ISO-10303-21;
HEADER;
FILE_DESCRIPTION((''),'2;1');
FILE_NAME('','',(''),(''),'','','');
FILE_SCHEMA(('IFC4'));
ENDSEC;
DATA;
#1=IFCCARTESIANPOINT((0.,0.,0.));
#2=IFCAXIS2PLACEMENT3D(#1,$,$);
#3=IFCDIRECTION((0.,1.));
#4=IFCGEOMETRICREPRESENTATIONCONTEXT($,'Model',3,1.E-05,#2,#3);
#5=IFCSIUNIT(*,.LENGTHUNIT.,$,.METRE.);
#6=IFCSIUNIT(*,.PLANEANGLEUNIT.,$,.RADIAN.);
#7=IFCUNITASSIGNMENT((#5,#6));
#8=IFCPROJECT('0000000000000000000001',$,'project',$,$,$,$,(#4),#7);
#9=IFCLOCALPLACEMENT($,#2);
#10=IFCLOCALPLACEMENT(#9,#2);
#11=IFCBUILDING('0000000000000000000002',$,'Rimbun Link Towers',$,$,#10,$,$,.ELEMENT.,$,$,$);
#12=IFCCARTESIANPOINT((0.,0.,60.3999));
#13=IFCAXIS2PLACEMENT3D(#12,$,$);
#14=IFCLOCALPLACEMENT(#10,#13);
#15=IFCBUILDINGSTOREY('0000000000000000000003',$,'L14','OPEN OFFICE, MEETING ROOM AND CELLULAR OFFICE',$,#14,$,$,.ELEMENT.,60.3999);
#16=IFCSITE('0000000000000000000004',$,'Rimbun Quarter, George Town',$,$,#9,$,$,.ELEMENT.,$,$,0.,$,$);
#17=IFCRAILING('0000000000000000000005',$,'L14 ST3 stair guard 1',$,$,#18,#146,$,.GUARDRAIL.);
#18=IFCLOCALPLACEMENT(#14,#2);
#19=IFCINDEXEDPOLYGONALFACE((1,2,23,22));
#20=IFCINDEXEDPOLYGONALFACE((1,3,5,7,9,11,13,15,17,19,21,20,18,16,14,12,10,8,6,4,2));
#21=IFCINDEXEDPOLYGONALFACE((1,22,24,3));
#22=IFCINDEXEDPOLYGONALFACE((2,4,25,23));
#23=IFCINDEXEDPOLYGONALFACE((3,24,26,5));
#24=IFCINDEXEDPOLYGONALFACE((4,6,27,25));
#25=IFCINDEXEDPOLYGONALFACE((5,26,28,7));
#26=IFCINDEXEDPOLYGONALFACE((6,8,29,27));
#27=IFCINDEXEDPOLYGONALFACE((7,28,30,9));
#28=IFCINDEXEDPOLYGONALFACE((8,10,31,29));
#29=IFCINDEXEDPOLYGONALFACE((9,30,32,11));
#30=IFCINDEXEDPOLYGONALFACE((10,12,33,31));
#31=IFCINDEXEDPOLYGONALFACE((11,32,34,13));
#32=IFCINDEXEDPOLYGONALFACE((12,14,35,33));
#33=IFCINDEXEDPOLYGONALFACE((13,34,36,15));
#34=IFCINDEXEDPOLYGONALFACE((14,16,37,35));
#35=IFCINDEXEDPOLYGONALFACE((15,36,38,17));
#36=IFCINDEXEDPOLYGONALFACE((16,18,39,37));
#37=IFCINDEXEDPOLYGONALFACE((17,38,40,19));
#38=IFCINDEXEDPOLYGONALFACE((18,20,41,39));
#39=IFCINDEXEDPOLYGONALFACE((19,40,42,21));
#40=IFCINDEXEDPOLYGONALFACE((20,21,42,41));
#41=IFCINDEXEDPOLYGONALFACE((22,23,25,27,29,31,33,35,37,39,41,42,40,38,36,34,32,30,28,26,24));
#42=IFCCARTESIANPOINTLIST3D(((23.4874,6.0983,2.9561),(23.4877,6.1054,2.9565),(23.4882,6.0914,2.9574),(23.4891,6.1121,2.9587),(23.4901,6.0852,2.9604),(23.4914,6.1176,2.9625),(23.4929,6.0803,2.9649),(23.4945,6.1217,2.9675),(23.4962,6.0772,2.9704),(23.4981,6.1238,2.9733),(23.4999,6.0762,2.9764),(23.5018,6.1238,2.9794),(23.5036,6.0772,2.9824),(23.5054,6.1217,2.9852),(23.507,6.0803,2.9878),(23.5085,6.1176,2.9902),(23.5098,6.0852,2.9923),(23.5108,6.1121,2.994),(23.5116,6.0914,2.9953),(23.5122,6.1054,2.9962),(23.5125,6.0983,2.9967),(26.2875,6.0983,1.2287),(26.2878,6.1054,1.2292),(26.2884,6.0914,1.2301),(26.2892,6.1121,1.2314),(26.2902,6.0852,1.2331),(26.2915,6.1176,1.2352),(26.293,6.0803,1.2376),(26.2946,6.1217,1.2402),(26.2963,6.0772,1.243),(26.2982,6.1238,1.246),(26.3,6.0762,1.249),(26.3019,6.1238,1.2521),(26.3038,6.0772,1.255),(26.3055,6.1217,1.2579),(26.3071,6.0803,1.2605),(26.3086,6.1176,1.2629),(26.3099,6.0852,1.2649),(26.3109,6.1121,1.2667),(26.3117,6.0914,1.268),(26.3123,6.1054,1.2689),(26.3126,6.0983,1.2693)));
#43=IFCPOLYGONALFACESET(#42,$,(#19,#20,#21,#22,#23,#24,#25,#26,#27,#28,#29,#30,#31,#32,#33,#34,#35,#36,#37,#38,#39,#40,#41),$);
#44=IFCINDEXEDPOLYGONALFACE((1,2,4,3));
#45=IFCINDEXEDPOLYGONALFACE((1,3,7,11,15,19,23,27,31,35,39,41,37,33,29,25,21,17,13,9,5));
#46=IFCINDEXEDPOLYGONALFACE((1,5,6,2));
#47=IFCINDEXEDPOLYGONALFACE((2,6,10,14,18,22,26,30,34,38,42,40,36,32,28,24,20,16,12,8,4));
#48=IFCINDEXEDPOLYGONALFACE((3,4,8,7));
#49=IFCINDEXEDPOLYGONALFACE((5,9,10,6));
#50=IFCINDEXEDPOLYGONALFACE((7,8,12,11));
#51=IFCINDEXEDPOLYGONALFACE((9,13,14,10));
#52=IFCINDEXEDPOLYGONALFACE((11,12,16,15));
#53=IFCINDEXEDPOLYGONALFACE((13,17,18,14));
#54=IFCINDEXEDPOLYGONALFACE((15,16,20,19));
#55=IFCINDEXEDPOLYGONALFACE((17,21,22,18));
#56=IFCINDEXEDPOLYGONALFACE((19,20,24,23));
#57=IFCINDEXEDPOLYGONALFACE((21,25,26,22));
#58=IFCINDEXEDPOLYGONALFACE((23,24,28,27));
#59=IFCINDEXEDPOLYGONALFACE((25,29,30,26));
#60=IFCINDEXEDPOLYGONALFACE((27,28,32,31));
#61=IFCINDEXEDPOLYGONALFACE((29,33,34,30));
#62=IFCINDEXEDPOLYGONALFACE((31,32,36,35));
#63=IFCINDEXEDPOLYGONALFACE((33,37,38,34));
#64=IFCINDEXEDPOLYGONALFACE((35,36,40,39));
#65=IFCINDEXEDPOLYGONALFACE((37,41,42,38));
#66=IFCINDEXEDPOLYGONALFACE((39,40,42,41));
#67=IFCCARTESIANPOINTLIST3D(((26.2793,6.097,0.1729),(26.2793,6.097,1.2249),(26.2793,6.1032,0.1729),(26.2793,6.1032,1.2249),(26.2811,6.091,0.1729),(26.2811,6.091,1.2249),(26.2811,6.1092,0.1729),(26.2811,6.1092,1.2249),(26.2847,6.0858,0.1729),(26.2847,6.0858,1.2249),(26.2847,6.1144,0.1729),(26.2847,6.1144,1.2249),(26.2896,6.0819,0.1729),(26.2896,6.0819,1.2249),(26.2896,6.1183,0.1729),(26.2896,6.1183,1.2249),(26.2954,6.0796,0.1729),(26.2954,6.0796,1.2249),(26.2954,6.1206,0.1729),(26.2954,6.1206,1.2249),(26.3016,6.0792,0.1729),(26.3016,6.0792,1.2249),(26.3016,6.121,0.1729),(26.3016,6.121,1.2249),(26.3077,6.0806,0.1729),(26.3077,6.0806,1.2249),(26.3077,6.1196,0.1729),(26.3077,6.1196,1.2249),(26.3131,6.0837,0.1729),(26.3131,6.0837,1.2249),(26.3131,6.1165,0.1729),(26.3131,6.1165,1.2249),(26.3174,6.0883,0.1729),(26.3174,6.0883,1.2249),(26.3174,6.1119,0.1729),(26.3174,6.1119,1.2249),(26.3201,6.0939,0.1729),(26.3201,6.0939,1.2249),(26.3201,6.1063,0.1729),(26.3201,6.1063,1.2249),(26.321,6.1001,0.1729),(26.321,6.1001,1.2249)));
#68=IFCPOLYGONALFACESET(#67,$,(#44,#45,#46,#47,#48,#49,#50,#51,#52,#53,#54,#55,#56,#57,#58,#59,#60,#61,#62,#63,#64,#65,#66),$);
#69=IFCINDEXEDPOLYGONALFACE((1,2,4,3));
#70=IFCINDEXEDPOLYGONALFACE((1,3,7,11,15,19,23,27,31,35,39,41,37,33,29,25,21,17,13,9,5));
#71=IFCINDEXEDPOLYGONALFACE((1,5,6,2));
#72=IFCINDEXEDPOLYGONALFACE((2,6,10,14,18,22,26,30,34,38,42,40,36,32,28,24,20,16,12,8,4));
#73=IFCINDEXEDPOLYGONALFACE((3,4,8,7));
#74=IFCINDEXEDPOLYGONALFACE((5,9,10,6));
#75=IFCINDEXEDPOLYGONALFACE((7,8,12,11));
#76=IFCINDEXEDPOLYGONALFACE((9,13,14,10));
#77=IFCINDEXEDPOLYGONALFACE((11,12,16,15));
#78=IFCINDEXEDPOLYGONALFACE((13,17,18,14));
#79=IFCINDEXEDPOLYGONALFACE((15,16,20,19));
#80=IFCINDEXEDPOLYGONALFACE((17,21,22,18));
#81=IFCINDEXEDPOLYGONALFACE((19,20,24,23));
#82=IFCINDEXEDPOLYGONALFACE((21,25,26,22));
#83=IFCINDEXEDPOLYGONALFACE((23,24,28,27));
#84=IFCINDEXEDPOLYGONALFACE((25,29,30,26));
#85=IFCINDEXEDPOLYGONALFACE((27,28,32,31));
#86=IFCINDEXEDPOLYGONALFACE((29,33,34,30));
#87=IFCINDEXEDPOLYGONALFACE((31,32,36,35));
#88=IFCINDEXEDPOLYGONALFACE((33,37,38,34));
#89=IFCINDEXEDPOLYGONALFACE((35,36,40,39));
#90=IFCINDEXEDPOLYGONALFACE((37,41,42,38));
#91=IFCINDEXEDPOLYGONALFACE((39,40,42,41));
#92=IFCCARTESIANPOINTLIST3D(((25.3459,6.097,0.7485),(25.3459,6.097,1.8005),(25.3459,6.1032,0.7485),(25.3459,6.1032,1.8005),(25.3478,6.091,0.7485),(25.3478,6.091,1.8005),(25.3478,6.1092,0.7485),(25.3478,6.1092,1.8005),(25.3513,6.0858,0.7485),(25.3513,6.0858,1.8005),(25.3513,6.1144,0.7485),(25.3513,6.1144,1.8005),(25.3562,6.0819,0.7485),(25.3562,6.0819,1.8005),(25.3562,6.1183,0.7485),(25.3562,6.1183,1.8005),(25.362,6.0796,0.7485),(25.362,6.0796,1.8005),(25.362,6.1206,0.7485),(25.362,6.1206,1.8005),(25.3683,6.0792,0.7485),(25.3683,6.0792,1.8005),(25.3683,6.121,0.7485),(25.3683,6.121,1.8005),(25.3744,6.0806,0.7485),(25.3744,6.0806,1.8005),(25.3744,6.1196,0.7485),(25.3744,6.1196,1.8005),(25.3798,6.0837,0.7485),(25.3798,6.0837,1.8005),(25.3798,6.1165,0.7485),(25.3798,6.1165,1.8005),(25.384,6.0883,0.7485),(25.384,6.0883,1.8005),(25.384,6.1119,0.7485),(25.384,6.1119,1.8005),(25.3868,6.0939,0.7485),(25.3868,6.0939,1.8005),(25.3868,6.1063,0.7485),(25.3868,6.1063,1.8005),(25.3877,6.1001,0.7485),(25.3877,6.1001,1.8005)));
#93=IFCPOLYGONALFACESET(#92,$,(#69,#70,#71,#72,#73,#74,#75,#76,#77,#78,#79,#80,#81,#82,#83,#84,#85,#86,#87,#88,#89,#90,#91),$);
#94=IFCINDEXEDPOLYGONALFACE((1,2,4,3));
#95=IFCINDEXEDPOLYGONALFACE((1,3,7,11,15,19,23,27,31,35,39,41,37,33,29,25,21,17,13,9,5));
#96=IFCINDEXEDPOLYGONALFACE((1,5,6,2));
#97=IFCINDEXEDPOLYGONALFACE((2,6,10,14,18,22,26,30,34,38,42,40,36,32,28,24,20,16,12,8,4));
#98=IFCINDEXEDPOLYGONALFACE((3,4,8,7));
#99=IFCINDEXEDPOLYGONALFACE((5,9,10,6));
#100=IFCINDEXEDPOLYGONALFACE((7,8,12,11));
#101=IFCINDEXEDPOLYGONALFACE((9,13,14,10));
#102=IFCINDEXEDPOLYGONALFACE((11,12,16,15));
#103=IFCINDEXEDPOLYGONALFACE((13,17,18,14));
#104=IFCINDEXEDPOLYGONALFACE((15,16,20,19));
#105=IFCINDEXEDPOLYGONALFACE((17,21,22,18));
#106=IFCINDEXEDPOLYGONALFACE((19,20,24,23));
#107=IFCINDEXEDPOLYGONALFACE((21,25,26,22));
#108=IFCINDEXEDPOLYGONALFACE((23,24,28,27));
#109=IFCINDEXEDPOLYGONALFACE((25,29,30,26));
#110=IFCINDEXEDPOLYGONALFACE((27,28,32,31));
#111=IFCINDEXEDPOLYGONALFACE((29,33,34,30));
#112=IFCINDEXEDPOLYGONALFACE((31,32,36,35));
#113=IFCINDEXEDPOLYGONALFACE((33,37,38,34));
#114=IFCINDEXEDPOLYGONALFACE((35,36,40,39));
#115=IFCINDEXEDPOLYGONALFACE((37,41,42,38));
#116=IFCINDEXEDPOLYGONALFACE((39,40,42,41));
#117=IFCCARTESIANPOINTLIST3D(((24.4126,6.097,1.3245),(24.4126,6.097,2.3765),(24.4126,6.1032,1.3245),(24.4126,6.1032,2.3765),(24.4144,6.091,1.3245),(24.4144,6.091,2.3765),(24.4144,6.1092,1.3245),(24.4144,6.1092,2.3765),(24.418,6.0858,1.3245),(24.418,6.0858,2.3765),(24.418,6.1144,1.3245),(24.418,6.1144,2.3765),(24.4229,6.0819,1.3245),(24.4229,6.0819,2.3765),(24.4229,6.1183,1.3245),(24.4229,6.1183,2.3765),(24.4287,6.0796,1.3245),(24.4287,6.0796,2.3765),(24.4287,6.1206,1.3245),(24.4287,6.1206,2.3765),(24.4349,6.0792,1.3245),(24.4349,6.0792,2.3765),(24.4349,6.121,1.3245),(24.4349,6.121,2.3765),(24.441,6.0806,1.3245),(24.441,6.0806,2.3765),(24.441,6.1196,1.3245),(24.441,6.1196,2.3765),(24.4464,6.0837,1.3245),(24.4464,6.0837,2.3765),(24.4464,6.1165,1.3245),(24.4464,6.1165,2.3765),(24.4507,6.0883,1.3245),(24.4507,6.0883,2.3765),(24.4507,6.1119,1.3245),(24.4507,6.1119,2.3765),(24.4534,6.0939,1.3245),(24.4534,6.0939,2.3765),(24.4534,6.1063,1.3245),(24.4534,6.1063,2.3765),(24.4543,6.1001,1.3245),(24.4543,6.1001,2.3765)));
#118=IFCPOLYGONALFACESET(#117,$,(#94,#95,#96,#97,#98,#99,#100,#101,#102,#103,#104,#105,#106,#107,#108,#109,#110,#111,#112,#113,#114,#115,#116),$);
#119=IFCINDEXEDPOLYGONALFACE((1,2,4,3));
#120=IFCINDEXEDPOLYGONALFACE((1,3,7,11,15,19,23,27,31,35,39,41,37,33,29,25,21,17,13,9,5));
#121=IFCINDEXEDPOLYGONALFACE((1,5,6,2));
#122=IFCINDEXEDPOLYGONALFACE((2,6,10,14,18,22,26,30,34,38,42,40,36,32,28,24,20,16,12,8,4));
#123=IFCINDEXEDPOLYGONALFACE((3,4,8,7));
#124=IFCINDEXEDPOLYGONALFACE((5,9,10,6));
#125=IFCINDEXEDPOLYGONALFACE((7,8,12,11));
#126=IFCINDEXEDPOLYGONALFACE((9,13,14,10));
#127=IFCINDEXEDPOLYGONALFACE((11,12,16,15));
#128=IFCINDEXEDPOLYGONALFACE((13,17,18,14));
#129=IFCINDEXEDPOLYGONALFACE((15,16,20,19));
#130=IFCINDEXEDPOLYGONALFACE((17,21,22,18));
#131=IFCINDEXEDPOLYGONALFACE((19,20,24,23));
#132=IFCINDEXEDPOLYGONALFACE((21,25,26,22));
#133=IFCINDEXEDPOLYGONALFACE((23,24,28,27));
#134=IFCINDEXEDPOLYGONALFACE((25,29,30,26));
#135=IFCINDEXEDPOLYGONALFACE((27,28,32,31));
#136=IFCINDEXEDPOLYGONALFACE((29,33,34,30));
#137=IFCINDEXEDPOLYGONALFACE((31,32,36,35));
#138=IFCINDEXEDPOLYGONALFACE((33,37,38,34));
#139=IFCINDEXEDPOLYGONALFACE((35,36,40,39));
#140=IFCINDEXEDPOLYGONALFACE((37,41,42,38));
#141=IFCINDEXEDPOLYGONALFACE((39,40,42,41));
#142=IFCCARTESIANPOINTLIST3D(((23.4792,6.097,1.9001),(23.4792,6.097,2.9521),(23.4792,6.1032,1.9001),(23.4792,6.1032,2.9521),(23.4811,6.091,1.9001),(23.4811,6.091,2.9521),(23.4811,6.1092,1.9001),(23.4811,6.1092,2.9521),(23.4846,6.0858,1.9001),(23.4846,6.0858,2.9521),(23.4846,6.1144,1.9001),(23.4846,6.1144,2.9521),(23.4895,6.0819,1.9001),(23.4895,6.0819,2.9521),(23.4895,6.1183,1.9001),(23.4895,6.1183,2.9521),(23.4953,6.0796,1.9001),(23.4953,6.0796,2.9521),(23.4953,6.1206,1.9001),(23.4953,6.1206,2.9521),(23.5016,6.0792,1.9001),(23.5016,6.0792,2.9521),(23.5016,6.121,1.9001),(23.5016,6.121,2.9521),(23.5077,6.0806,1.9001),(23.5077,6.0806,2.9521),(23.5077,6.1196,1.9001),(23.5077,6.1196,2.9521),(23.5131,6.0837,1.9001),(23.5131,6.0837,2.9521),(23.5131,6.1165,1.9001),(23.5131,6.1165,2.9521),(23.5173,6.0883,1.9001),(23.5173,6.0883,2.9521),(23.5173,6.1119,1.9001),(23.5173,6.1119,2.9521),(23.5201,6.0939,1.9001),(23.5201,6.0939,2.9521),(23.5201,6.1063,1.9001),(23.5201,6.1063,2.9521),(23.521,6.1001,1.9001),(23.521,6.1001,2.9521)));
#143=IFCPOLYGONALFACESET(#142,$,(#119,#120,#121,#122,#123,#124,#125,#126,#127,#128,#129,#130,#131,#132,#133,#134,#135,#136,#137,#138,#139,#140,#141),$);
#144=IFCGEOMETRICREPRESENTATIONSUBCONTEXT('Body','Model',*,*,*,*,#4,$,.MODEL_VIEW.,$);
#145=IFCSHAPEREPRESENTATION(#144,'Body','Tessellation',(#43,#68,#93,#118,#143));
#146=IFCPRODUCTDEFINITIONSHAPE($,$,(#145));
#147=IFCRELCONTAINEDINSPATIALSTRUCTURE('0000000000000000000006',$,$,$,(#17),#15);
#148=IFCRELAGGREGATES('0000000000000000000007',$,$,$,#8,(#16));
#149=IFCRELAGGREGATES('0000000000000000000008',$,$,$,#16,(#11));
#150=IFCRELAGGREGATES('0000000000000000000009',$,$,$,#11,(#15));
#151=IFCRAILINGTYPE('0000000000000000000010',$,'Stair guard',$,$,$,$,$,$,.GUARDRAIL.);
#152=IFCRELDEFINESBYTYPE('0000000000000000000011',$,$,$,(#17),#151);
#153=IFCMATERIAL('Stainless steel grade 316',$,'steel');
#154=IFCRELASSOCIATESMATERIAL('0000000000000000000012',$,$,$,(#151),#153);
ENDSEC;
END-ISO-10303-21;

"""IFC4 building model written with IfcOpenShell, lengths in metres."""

from ifc_helpers import new_model, si_unit, direction, frame, origin, origin_2d, place, context, subcontext, project, spatial, circle, extrude, material, type_object, element, save


model = new_model("IFC4")

# Units and contexts
model_context = context("Model", 3, precision=1e-05, world=origin(), true_north=direction((0.0, 1.0)))
body_context = subcontext(model_context, "Body", "Model", "MODEL_VIEW")
ifc_project = project(units=[si_unit("LENGTHUNIT", "METRE"), si_unit("PLANEANGLEUNIT", "RADIAN")], contexts=[model_context])

# Site, building, storey
site_placement = place(None, origin())
site = spatial("IfcSite", under=ifc_project, at=site_placement, Name="Rimbun Quarter, George Town", CompositionType="ELEMENT", RefElevation=0.0)
building_placement = place(site_placement, origin())
building = spatial("IfcBuilding", under=site, at=building_placement, Name="Rimbun Link Towers", CompositionType="ELEMENT")
storey_placement = place(building_placement, frame((0.0, 0.0, 60.3999)))
storey = spatial("IfcBuildingStorey", under=building, at=storey_placement, Name="L14", Description="OPEN OFFICE, MEETING ROOM AND CELLULAR OFFICE", CompositionType="ELEMENT", Elevation=60.3999)

# Railing
ifc_material_1 = material(Name="Stainless steel grade 316", Category="steel")
railing_type_1 = type_object("IfcRailingType", Name="Stair guard", PredefinedType="GUARDRAIL", material=ifc_material_1)
railing_1_placement = place(storey_placement, frame((26.3, 6.1001, 0.1729)))
element("IfcRailing", 1, at=railing_1_placement, inside=storey, type_object=railing_type_1, Name="L14 ST3 stair guard 1", PredefinedType="GUARDRAIL", context=body_context, shape_type="SweptSolid", body=[
    extrude(circle(Radius=0.0239, at=origin_2d()), frame((0.0, 0.0, 1.0762), z_axis=(-0.85109, 0.0, 0.52502), x_axis=(0.0, -1.0, 0.0)), (0.0, 0.0, 1.0), 3.29),
    extrude(circle(Radius=0.021, at=origin_2d()), origin(), (0.0, 0.0, 1.0), 1.052),
    extrude(circle(Radius=0.021, at=origin_2d()), frame((-0.9333, 0.0, 0.5757)), (0.0, 0.0, 1.0), 1.052),
    extrude(circle(Radius=0.021, at=origin_2d()), frame((-1.8667, 0.0, 1.1516)), (0.0, 0.0, 1.0), 1.052),
    extrude(circle(Radius=0.021, at=origin_2d()), frame((-2.8, 0.0, 1.7273)), (0.0, 0.0, 1.0), 1.052),
])

save(model, "model.ifc")
